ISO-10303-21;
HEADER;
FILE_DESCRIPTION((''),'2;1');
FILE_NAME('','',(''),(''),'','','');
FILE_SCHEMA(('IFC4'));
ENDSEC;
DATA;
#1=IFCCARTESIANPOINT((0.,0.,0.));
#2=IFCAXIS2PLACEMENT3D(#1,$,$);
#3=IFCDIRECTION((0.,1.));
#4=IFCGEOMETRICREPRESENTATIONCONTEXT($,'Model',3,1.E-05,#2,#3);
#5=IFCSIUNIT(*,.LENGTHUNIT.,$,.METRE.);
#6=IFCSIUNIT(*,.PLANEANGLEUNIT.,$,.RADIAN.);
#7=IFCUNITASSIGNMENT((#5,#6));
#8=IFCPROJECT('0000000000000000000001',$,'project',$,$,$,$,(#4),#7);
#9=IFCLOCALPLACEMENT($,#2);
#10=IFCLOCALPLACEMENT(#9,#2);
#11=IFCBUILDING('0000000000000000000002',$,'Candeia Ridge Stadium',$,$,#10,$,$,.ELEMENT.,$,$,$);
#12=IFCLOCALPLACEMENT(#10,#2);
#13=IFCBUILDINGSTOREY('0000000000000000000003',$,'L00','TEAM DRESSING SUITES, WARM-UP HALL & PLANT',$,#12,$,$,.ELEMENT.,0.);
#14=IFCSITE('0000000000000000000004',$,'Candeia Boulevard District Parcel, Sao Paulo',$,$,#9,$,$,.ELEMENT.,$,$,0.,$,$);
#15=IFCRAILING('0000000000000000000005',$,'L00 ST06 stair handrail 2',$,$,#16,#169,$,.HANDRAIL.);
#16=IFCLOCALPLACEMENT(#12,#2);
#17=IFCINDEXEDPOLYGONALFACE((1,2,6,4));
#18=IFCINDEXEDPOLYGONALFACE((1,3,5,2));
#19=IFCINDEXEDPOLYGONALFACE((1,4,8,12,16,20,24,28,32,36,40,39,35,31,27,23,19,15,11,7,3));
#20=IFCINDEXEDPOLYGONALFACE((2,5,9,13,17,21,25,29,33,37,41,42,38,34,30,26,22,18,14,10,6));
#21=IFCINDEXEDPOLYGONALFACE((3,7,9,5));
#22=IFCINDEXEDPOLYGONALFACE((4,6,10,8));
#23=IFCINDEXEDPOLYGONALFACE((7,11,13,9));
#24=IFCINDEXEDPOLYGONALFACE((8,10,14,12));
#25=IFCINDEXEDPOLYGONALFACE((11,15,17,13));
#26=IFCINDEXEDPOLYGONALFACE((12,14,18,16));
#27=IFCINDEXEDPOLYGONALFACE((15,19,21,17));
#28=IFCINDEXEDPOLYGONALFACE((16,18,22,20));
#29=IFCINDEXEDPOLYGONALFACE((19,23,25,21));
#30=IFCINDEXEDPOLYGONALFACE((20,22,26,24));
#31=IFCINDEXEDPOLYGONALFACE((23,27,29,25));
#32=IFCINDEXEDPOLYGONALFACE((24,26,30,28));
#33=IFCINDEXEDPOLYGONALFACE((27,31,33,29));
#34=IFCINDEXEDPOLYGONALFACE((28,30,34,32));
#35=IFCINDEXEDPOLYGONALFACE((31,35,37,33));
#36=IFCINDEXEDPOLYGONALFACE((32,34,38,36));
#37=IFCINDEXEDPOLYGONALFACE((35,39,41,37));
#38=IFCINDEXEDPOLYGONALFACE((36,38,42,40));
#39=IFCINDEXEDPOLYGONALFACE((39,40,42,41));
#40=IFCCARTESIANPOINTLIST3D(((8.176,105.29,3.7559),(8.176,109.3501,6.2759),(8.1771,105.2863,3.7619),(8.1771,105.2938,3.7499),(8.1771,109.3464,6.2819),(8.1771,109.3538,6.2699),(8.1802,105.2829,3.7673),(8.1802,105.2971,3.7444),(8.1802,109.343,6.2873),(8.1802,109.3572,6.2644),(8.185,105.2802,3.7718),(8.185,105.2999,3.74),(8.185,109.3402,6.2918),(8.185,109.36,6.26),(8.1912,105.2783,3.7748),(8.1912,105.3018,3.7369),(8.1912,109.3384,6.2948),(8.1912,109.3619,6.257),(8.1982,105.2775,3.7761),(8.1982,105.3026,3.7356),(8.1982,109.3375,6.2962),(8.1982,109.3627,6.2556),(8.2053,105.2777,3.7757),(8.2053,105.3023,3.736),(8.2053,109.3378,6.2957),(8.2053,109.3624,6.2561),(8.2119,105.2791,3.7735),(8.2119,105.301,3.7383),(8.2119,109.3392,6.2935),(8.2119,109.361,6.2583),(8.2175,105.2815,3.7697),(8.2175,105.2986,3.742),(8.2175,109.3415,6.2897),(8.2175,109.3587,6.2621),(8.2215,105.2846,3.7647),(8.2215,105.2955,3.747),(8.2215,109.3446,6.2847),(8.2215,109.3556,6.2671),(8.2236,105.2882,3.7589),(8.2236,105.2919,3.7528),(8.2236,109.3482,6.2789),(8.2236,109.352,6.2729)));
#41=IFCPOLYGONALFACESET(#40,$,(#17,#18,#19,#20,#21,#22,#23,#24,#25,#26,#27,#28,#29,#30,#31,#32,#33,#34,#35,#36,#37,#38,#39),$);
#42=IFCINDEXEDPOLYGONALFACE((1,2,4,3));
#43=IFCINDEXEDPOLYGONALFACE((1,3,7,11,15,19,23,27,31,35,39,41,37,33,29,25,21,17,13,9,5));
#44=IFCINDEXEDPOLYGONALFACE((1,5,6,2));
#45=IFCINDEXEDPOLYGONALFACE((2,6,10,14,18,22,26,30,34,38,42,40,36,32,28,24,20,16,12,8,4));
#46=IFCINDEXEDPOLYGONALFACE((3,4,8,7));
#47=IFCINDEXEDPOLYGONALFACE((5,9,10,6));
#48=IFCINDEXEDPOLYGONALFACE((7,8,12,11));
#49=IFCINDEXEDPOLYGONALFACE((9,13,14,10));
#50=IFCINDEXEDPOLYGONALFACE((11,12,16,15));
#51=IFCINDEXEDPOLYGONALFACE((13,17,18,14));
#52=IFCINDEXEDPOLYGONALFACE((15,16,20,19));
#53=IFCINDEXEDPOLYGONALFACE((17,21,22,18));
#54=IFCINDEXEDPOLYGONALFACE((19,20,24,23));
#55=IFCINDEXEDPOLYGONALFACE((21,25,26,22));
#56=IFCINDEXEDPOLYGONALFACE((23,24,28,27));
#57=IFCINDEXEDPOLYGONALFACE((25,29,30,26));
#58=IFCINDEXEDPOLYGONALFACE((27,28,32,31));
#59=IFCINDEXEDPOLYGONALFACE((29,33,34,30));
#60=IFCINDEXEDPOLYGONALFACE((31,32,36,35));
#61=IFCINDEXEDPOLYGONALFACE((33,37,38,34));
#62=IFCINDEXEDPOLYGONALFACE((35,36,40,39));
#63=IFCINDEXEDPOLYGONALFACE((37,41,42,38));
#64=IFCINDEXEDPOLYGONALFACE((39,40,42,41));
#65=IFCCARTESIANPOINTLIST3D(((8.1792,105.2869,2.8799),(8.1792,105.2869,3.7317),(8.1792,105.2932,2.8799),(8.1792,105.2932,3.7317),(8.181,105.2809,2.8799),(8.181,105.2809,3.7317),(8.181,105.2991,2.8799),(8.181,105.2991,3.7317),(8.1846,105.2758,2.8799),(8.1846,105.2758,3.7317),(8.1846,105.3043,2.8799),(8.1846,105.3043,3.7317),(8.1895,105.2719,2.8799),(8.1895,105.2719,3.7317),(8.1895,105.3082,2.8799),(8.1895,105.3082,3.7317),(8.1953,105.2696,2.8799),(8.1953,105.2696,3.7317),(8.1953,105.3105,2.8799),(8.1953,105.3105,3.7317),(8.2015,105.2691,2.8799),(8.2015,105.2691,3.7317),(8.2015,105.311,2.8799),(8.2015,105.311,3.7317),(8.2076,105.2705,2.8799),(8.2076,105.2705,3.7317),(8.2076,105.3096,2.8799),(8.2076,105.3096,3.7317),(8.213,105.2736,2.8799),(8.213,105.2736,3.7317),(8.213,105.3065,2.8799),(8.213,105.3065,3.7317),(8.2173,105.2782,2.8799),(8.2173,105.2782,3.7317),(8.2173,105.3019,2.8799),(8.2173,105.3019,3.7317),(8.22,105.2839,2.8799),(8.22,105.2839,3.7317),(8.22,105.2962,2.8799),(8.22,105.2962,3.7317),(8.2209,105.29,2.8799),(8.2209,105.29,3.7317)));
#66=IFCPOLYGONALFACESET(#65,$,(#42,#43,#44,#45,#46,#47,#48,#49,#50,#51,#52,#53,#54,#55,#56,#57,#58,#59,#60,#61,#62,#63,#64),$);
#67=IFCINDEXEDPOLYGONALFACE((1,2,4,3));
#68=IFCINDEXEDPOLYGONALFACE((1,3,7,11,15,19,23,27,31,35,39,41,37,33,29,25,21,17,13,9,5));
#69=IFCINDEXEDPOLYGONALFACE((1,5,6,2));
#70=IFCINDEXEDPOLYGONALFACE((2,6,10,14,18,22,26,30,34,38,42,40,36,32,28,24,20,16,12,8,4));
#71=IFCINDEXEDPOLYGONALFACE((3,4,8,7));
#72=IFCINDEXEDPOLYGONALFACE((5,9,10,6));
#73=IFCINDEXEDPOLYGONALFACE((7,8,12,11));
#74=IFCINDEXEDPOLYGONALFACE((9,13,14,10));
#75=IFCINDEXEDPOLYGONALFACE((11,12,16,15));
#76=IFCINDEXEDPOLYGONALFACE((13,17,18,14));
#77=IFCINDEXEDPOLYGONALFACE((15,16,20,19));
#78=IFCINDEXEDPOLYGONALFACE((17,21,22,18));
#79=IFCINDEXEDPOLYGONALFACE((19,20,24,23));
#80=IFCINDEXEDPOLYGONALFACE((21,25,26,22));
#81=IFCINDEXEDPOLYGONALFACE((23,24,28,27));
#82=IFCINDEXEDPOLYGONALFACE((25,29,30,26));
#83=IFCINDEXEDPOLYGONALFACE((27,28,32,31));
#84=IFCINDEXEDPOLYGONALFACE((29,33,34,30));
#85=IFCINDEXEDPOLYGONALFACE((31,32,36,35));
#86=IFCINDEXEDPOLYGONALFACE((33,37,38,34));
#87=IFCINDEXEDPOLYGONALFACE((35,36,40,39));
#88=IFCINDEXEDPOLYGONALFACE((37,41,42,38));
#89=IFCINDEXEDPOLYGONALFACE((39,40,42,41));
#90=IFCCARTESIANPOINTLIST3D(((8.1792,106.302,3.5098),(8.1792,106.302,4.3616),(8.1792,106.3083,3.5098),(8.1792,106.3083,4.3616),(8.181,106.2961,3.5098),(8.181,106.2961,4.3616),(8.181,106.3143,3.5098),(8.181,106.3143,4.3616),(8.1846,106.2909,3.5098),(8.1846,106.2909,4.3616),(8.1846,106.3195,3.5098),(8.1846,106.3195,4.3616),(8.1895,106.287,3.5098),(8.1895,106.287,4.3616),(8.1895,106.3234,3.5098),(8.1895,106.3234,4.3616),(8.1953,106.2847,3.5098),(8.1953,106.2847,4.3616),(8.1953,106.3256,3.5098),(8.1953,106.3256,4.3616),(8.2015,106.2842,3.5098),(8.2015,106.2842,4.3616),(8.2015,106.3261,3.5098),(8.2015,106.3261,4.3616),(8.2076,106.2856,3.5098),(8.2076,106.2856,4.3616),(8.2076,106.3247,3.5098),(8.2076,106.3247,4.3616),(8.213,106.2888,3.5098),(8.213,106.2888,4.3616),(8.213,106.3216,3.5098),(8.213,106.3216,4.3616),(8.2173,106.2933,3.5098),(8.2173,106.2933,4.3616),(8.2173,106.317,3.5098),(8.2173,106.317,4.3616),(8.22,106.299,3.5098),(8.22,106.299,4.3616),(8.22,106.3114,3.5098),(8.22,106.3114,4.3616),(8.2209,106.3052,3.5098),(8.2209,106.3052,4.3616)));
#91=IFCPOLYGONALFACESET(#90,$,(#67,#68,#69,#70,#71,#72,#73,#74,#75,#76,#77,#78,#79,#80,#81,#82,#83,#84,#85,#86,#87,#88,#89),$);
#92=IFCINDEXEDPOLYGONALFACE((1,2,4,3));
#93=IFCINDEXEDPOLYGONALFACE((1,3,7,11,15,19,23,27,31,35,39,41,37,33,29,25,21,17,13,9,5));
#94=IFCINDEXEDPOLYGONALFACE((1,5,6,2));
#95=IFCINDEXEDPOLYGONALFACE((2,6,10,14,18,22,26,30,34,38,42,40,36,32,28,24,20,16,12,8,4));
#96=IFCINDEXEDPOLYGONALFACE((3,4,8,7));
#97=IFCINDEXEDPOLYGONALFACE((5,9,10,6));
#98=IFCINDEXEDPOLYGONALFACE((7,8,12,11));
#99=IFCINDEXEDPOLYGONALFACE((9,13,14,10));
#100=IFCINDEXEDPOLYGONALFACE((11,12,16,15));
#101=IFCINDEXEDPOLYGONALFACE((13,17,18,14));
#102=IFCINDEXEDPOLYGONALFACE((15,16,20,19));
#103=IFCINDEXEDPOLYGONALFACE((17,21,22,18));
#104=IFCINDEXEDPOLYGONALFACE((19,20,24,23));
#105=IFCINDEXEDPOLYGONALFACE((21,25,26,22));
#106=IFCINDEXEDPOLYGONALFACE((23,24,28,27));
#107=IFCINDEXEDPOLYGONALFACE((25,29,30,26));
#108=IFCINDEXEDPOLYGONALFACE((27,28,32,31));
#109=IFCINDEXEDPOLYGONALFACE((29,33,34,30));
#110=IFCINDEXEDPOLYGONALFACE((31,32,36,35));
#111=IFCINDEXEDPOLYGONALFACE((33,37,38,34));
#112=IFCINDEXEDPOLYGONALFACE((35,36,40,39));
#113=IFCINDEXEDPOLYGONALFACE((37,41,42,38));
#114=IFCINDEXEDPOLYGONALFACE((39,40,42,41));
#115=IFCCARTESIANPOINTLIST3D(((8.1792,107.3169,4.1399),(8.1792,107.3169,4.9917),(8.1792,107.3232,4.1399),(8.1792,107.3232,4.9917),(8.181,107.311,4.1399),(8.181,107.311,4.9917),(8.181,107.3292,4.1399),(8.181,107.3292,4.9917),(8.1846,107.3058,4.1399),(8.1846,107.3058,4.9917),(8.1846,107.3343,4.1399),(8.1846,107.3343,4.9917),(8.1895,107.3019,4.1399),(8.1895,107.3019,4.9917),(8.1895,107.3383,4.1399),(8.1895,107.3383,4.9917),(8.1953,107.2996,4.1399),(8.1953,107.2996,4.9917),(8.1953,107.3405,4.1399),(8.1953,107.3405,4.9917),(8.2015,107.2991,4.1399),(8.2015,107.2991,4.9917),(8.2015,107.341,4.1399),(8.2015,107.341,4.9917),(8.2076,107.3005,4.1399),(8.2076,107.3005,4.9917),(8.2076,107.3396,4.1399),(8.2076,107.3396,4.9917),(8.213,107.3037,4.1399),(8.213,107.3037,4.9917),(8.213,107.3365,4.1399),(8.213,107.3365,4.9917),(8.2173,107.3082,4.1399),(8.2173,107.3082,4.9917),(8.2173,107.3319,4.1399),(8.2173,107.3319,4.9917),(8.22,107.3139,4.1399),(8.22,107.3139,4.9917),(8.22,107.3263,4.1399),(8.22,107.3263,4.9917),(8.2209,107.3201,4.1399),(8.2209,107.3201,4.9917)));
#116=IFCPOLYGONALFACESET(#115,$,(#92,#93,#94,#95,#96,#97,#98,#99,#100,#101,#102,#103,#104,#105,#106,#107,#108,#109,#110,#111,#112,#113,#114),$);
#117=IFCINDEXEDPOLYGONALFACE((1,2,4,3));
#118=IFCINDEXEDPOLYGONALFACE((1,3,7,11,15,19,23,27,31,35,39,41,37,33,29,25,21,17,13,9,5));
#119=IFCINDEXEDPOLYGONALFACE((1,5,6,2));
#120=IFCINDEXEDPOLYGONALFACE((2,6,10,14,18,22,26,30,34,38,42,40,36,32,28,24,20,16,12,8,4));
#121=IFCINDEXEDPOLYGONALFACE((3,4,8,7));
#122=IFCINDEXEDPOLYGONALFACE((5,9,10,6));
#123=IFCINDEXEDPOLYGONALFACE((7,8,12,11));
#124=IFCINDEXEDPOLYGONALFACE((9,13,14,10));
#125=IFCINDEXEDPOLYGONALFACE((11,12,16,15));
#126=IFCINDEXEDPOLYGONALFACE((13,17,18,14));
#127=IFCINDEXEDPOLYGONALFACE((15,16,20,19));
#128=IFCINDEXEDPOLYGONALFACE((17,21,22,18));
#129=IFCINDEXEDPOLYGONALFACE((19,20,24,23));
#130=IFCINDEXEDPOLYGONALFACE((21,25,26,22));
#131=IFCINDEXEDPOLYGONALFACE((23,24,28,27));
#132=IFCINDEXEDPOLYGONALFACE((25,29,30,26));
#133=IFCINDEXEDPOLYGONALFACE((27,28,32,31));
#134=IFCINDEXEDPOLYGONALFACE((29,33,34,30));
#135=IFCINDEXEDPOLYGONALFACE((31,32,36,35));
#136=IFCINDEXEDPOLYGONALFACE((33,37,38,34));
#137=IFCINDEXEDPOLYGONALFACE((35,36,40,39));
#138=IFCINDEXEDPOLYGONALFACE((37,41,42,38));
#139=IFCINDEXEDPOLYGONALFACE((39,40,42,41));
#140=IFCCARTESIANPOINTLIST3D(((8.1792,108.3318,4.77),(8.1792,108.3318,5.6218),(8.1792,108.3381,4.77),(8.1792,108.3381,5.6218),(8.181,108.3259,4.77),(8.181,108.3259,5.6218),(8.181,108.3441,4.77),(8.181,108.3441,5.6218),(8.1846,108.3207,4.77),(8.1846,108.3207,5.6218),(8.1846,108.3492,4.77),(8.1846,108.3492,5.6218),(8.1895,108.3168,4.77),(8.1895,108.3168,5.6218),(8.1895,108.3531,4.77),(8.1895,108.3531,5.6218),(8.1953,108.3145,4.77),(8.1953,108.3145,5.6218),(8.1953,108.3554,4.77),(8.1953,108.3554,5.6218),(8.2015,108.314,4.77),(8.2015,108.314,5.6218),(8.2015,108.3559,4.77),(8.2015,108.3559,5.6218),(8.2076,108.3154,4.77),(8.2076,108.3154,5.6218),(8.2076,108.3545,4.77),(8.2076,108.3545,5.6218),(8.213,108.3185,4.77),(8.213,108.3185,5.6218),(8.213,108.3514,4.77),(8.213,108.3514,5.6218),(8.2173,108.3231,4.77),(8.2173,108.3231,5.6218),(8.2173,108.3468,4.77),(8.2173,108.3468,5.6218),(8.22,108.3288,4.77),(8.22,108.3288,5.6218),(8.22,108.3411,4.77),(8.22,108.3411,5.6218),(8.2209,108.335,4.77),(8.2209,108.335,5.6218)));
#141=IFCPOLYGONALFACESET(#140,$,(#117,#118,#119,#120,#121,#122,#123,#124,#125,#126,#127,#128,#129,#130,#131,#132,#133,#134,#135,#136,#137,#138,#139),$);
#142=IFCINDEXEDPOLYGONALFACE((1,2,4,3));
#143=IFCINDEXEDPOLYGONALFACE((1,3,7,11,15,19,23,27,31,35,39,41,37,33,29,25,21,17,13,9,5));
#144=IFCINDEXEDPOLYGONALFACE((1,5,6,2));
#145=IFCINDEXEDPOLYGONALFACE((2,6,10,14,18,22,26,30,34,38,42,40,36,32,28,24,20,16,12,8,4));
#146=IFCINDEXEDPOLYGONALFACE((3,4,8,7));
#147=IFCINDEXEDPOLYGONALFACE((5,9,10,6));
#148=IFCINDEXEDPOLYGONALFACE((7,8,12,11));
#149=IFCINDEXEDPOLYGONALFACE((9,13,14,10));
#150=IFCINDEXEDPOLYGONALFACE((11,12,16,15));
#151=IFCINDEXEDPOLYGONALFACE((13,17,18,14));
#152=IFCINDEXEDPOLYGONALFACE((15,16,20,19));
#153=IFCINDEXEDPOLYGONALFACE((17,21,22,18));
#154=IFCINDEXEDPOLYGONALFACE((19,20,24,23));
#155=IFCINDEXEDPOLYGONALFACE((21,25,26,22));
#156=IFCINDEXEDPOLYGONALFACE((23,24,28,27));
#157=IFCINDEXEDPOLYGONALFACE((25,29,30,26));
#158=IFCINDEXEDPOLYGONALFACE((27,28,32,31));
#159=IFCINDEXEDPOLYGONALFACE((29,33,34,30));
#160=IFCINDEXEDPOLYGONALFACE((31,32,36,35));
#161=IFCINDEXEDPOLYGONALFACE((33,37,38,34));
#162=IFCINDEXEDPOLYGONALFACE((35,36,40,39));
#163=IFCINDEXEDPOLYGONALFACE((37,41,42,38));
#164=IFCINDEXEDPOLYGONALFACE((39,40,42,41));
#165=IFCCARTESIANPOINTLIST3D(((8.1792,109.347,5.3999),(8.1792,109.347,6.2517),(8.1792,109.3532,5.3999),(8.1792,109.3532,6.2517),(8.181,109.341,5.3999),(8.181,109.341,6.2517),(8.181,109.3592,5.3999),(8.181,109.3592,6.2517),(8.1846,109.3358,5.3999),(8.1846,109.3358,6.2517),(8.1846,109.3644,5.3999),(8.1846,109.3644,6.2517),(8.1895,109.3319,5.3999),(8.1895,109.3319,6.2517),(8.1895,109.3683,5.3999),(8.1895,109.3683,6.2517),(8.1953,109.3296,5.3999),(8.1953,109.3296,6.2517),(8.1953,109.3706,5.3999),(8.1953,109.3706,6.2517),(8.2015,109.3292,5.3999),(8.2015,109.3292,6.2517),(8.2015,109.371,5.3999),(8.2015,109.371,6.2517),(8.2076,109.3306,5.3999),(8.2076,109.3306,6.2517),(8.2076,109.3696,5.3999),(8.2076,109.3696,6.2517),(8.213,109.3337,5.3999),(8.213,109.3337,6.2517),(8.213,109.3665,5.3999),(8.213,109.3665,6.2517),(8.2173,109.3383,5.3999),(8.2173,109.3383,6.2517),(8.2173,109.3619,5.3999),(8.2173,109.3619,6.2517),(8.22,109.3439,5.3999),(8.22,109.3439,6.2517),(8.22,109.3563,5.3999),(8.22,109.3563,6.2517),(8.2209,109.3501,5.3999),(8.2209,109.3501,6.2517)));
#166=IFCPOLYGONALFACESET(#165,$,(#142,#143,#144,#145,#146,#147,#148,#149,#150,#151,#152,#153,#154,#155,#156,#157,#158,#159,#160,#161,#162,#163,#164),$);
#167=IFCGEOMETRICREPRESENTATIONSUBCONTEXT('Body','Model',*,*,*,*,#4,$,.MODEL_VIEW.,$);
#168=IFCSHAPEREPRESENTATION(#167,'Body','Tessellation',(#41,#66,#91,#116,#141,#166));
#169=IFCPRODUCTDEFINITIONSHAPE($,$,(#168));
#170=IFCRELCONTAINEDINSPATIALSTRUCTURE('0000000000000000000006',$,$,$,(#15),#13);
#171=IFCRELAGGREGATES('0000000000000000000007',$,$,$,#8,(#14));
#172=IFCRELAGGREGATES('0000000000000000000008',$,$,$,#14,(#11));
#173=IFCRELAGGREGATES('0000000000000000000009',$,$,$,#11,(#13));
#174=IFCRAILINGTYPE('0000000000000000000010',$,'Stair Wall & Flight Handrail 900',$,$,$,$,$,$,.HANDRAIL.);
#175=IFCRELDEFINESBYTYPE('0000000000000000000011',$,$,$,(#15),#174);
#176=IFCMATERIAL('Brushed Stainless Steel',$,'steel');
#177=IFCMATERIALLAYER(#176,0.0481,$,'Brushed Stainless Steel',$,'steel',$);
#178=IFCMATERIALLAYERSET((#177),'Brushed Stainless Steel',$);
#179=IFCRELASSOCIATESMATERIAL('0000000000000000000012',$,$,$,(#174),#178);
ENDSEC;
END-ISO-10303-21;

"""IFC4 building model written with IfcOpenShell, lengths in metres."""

from ifc_helpers import new_model, si_unit, direction, frame, origin, origin_2d, place, context, subcontext, project, spatial, circle, extrude, material, layer, layer_set, type_object, element, save


model = new_model("IFC4")

# Units and contexts
model_context = context("Model", 3, precision=1e-05, world=origin(), true_north=direction((0.0, 1.0)))
body_context = subcontext(model_context, "Body", "Model", "MODEL_VIEW")
ifc_project = project(units=[si_unit("LENGTHUNIT", "METRE"), si_unit("PLANEANGLEUNIT", "RADIAN")], contexts=[model_context])

# Site, building, storey
site_placement = place(None, origin())
site = spatial("IfcSite", under=ifc_project, at=site_placement, Name="Candeia Boulevard District Parcel, Sao Paulo", CompositionType="ELEMENT", RefElevation=0.0)
building_placement = place(site_placement, origin())
building = spatial("IfcBuilding", under=site, at=building_placement, Name="Candeia Ridge Stadium", CompositionType="ELEMENT")
storey_placement = place(building_placement, origin())
storey = spatial("IfcBuildingStorey", under=building, at=storey_placement, Name="L00", Description="TEAM DRESSING SUITES, WARM-UP HALL & PLANT", CompositionType="ELEMENT", Elevation=0.0)

# Railing
ifc_material_1 = material(Name="Brushed Stainless Steel", Category="steel")
ifc_layer_1 = layer(ifc_material_1, 0.0481, Name="Brushed Stainless Steel", Category="steel")
ifc_layer_set_1 = layer_set([ifc_layer_1], Name="Brushed Stainless Steel")
railing_type_1 = type_object("IfcRailingType", Name="Stair Wall & Flight Handrail 900", PredefinedType="HANDRAIL", material=ifc_layer_set_1)
railing_1_placement = place(storey_placement, frame((8.2, 105.29, 2.8799)))
element("IfcRailing", 1, at=railing_1_placement, inside=storey, type_object=railing_type_1, Name="L00 ST06 stair handrail 2", PredefinedType="HANDRAIL", context=body_context, shape_type="SweptSolid", body=[
    extrude(circle(Radius=0.0239, at=origin_2d()), frame((0.0, 0.0, 0.876), z_axis=(0.0, 0.849642, 0.52736), x_axis=(-1.0, 0.0, 0.0)), (0.0, 0.0, 1.0), 4.7786),
    extrude(circle(Radius=0.021, at=origin_2d()), origin(), (0.0, 0.0, 1.0), 0.8518),
    extrude(circle(Radius=0.021, at=origin_2d()), frame((0.0, 1.0151, 0.6299)), (0.0, 0.0, 1.0), 0.8518),
    extrude(circle(Radius=0.021, at=origin_2d()), frame((0.0, 2.03, 1.26)), (0.0, 0.0, 1.0), 0.8518),
    extrude(circle(Radius=0.021, at=origin_2d()), frame((0.0, 3.0449, 1.8901)), (0.0, 0.0, 1.0), 0.8518),
    extrude(circle(Radius=0.021, at=origin_2d()), frame((0.0, 4.0601, 2.52)), (0.0, 0.0, 1.0), 0.8518),
])

save(model, "model.ifc")
